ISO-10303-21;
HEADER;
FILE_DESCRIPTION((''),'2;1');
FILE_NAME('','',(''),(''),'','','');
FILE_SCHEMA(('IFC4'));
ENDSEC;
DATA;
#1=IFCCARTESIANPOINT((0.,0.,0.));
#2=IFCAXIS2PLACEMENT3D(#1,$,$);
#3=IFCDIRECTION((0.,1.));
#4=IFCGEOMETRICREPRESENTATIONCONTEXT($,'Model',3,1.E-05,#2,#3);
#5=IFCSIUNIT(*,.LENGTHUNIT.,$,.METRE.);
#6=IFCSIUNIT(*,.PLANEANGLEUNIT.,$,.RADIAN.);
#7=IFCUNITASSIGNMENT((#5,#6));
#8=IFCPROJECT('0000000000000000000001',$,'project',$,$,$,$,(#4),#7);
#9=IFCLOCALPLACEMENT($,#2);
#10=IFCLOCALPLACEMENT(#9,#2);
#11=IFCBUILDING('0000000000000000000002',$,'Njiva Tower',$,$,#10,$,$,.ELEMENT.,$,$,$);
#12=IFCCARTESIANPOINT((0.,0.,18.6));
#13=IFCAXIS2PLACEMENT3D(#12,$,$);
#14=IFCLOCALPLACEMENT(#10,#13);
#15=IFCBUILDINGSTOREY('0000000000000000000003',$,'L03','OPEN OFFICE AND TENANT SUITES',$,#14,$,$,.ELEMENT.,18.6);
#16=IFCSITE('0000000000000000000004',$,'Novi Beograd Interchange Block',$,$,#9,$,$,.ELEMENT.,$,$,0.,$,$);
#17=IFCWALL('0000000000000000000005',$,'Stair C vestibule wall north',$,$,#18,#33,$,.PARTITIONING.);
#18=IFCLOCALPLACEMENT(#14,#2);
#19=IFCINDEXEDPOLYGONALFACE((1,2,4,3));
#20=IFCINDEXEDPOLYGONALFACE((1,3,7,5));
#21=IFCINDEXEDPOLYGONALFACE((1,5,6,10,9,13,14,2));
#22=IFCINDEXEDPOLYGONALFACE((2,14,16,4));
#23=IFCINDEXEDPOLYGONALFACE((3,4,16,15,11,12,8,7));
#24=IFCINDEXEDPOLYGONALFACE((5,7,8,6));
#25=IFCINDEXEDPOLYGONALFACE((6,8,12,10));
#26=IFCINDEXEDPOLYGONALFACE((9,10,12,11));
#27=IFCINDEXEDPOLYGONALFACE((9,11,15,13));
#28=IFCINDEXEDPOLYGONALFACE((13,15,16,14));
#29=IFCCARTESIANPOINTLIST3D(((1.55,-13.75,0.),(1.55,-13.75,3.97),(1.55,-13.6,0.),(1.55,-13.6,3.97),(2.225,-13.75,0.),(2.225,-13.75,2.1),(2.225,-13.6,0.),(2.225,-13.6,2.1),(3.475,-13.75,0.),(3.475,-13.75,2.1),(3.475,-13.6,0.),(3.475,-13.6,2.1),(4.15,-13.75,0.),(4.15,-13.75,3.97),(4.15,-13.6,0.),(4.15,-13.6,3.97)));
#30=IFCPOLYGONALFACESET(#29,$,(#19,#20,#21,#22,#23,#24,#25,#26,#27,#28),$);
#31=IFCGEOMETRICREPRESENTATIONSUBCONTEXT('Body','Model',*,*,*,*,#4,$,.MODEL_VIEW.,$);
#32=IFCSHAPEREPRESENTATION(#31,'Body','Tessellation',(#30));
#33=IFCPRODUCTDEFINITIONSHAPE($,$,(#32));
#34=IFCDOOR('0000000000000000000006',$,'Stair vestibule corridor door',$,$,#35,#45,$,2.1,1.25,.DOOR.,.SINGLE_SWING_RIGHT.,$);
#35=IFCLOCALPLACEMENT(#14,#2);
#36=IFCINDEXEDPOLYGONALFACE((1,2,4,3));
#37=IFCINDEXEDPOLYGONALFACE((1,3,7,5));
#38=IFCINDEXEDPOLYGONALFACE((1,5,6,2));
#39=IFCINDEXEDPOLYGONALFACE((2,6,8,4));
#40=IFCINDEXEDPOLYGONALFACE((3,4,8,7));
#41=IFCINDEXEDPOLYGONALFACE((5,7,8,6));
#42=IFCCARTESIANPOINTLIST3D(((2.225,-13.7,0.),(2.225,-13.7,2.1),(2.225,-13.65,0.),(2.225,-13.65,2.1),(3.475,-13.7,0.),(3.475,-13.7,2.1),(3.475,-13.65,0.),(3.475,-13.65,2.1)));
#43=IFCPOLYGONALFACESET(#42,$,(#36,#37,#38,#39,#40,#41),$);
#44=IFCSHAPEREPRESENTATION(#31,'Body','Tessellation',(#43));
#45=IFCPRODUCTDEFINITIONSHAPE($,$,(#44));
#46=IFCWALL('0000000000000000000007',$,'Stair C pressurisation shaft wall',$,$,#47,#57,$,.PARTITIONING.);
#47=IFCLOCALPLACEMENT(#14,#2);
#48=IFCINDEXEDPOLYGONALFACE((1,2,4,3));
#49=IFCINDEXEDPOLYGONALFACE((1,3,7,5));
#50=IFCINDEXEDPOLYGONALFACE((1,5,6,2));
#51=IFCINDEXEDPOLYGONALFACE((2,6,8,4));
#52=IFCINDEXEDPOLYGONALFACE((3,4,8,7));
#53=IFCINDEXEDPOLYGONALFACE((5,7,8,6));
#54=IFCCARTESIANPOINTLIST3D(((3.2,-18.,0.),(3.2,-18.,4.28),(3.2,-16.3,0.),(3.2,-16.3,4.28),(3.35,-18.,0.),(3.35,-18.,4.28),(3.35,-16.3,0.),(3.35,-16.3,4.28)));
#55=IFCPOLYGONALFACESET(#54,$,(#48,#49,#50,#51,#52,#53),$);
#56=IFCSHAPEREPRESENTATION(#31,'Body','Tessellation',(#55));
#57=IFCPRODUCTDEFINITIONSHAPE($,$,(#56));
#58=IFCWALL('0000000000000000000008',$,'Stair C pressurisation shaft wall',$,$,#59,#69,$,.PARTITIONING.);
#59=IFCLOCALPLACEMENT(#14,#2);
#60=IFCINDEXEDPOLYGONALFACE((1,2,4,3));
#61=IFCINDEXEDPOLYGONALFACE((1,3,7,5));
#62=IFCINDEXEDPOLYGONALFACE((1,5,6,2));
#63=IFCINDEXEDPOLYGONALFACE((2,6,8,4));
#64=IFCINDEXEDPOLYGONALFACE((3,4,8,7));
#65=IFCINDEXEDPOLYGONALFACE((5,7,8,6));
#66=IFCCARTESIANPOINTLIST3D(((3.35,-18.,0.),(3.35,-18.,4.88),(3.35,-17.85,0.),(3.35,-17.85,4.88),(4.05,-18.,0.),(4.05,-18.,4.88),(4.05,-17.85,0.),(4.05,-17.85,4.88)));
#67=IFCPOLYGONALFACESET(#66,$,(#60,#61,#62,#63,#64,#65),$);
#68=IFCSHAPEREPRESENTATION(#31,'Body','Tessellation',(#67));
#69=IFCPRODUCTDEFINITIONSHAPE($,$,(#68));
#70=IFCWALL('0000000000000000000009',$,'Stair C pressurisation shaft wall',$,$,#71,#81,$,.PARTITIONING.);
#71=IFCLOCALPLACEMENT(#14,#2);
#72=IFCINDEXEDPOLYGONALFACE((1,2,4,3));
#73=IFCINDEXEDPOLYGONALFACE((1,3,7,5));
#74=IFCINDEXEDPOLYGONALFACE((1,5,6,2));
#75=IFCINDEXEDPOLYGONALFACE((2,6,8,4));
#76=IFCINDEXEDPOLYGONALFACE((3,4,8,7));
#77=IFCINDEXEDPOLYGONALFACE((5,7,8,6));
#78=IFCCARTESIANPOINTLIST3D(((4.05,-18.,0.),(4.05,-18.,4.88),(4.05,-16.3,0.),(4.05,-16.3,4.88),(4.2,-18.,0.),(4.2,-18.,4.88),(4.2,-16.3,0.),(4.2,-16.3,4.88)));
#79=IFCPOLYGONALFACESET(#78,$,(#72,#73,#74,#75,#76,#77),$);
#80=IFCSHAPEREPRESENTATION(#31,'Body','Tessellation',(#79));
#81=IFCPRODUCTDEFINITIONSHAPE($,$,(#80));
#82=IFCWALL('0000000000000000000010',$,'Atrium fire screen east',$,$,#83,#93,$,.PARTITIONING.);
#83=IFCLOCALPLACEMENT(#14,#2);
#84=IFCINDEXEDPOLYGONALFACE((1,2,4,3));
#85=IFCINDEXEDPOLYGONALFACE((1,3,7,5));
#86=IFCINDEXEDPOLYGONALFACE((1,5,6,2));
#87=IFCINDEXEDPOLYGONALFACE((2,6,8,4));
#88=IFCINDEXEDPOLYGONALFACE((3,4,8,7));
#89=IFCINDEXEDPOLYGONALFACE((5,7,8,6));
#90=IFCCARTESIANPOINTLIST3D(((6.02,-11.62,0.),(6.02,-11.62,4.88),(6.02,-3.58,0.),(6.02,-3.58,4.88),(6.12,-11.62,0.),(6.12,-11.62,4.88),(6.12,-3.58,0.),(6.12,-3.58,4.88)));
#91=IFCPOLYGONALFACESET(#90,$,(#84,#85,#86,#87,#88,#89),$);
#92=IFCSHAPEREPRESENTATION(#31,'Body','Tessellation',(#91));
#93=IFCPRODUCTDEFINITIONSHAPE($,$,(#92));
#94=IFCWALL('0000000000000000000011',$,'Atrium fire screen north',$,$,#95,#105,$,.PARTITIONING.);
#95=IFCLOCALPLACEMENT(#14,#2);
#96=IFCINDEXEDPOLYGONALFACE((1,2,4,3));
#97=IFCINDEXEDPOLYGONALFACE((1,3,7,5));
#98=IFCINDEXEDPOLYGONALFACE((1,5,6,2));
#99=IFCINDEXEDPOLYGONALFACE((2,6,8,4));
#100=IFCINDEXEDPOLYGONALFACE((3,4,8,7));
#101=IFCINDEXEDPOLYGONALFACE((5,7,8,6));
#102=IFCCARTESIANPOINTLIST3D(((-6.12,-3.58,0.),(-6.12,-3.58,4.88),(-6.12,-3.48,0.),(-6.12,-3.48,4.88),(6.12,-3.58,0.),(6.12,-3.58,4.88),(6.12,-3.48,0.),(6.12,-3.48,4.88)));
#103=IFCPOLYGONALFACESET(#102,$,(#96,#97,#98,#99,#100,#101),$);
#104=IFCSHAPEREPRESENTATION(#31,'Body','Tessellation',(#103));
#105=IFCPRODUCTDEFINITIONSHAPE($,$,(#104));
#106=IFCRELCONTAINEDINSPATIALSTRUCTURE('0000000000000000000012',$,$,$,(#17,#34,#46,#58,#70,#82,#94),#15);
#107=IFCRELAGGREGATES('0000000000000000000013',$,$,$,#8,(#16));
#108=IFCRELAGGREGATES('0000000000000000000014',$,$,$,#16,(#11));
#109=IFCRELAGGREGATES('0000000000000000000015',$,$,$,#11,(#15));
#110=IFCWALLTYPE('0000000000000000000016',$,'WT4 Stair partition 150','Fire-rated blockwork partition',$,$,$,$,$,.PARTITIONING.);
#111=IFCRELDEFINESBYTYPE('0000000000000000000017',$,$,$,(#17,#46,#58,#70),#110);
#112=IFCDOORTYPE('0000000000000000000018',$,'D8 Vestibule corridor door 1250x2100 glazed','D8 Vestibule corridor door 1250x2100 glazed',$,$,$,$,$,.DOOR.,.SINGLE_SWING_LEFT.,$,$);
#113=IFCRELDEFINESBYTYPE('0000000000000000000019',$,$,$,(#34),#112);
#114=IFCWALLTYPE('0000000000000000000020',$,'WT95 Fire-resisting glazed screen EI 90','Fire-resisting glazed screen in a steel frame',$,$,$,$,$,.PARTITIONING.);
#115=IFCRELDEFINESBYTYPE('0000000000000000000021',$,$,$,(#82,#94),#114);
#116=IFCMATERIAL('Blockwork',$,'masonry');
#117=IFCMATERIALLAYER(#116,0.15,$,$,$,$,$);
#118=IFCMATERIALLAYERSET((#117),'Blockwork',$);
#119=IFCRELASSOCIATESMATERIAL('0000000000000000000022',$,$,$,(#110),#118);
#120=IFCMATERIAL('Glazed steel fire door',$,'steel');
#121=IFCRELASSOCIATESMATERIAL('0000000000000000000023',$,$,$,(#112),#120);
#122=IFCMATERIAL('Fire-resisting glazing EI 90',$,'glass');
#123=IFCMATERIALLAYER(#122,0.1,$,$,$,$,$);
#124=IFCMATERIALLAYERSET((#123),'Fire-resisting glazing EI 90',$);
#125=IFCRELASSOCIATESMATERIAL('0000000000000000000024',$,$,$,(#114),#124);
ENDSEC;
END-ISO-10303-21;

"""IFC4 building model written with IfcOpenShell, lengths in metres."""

from ifc_helpers import new_model, si_unit, direction, frame, frame_2d, origin, place, context, subcontext, project, spatial, rectangle, extrude, material, layer, layer_set, type_object, element, fill, save


model = new_model("IFC4")

# Units and contexts
model_context = context("Model", 3, precision=1e-05, world=origin(), true_north=direction((0.0, 1.0)))
body_context = subcontext(model_context, "Body", "Model", "MODEL_VIEW")
ifc_project = project(units=[si_unit("LENGTHUNIT", "METRE"), si_unit("PLANEANGLEUNIT", "RADIAN")], contexts=[model_context])

# Site, building, storey
site_placement = place(None, origin())
site = spatial("IfcSite", under=ifc_project, at=site_placement, Name="Novi Beograd Interchange Block", CompositionType="ELEMENT", RefElevation=0.0)
building_placement = place(site_placement, origin())
building = spatial("IfcBuilding", under=site, at=building_placement, Name="Njiva Tower", CompositionType="ELEMENT")
storey_placement = place(building_placement, frame((0.0, 0.0, 18.6)))
storey = spatial("IfcBuildingStorey", under=building, at=storey_placement, Name="L03", Description="OPEN OFFICE AND TENANT SUITES", CompositionType="ELEMENT", Elevation=18.6)

# Shared definitions
ifc_material_1 = material(Name="Blockwork", Category="masonry")
ifc_layer_1 = layer(ifc_material_1, 0.15)
ifc_layer_set_1 = layer_set([ifc_layer_1], Name="Blockwork")
wall_type_1 = type_object("IfcWallType", Name="WT4 Stair partition 150", Description="Fire-rated blockwork partition", PredefinedType="PARTITIONING", material=ifc_layer_set_1)

# Wall, opening, door
wall_1_placement = place(storey_placement, frame((1.55, -13.675, 0.0), z_axis=(0.0, 0.0, 1.0), x_axis=(1.0, 0.0, 0.0)))
wall_1 = element("IfcWall", 1, at=wall_1_placement, inside=storey, type_object=wall_type_1, Name="Stair C vestibule wall north", PredefinedType="PARTITIONING", context=body_context, shape_type="SweptSolid", body=[
    extrude(rectangle(XDim=2.6, YDim=0.15, at=frame_2d((1.3, 0.0))), origin(), (0.0, 0.0, 1.0), 3.97),
])
opening_1_placement = place(wall_1_placement, frame((0.675, 0.0, 0.0)))
opening_1 = element("IfcOpeningElement", 2, at=opening_1_placement, cuts=wall_1, PredefinedType="OPENING", context=body_context, shape_type="SweptSolid", body=[
    extrude(rectangle(XDim=1.25, YDim=2.1, at=frame_2d((0.625, 1.05))), frame((0.0, 0.085, 0.0), z_axis=(0.0, -1.0, 0.0), x_axis=(1.0, 0.0, 0.0)), (0.0, 0.0, 1.0), 0.17),
])
ifc_material_2 = material(Name="Glazed steel fire door", Category="steel")
door_type_1 = type_object("IfcDoorType", Name="D8 Vestibule corridor door 1250x2100 glazed", Description="D8 Vestibule corridor door 1250x2100 glazed", OperationType="SINGLE_SWING_LEFT", PredefinedType="DOOR", material=ifc_material_2)
door_1_placement = place(opening_1_placement, origin())
door_1 = element("IfcDoor", 3, at=door_1_placement, inside=storey, type_object=door_type_1, Name="Stair vestibule corridor door", OperationType="SINGLE_SWING_RIGHT", OverallHeight=2.1, OverallWidth=1.25, PredefinedType="DOOR", context=body_context, shape_type="SweptSolid", body=[
    extrude(rectangle(XDim=1.25, YDim=2.1, at=frame_2d((0.625, 1.05))), frame((0.0, 0.025, 0.0), z_axis=(0.0, -1.0, 0.0), x_axis=(1.0, 0.0, 0.0)), (0.0, 0.0, 1.0), 0.05),
])
fill(opening_1, door_1)

# Walls
wall_2_placement = place(storey_placement, frame((3.275, -18.0, 0.0), z_axis=(0.0, 0.0, 1.0), x_axis=(0.0, 1.0, 0.0)))
element("IfcWall", 4, at=wall_2_placement, inside=storey, type_object=wall_type_1, Name="Stair C pressurisation shaft wall", PredefinedType="PARTITIONING", context=body_context, shape_type="SweptSolid", body=[
    extrude(rectangle(XDim=1.7, YDim=0.15, at=frame_2d((0.85, 0.0))), origin(), (0.0, 0.0, 1.0), 4.28),
])
wall_3_placement = place(storey_placement, frame((3.35, -17.925, 0.0), z_axis=(0.0, 0.0, 1.0), x_axis=(1.0, 0.0, 0.0)))
element("IfcWall", 5, at=wall_3_placement, inside=storey, type_object=wall_type_1, Name="Stair C pressurisation shaft wall", PredefinedType="PARTITIONING", context=body_context, shape_type="SweptSolid", body=[
    extrude(rectangle(XDim=0.7, YDim=0.15, at=frame_2d((0.35, 0.0))), origin(), (0.0, 0.0, 1.0), 4.88),
])
wall_4_placement = place(storey_placement, frame((4.125, -18.0, 0.0), z_axis=(0.0, 0.0, 1.0), x_axis=(0.0, 1.0, 0.0)))
element("IfcWall", 6, at=wall_4_placement, inside=storey, type_object=wall_type_1, Name="Stair C pressurisation shaft wall", PredefinedType="PARTITIONING", context=body_context, shape_type="SweptSolid", body=[
    extrude(rectangle(XDim=1.7, YDim=0.15, at=frame_2d((0.85, 0.0))), origin(), (0.0, 0.0, 1.0), 4.88),
])
ifc_material_3 = material(Name="Fire-resisting glazing EI 90", Category="glass")
ifc_layer_2 = layer(ifc_material_3, 0.1)
ifc_layer_set_2 = layer_set([ifc_layer_2], Name="Fire-resisting glazing EI 90")
wall_type_2 = type_object("IfcWallType", Name="WT95 Fire-resisting glazed screen EI 90", Description="Fire-resisting glazed screen in a steel frame", PredefinedType="PARTITIONING", material=ifc_layer_set_2)
wall_5_placement = place(storey_placement, frame((6.07, -11.62, 0.0), z_axis=(0.0, 0.0, 1.0), x_axis=(0.0, 1.0, 0.0)))
element("IfcWall", 7, at=wall_5_placement, inside=storey, type_object=wall_type_2, Name="Atrium fire screen east", PredefinedType="PARTITIONING", context=body_context, shape_type="SweptSolid", body=[
    extrude(rectangle(XDim=8.04, YDim=0.1, at=frame_2d((4.02, 0.0))), origin(), (0.0, 0.0, 1.0), 4.88),
])
wall_6_placement = place(storey_placement, frame((6.12, -3.53, 0.0), z_axis=(0.0, 0.0, 1.0), x_axis=(-1.0, 0.0, 0.0)))
element("IfcWall", 8, at=wall_6_placement, inside=storey, type_object=wall_type_2, Name="Atrium fire screen north", PredefinedType="PARTITIONING", context=body_context, shape_type="SweptSolid", body=[
    extrude(rectangle(XDim=12.24, YDim=0.1, at=frame_2d((6.12, 0.0))), origin(), (0.0, 0.0, 1.0), 4.88),
])

save(model, "model.ifc")
